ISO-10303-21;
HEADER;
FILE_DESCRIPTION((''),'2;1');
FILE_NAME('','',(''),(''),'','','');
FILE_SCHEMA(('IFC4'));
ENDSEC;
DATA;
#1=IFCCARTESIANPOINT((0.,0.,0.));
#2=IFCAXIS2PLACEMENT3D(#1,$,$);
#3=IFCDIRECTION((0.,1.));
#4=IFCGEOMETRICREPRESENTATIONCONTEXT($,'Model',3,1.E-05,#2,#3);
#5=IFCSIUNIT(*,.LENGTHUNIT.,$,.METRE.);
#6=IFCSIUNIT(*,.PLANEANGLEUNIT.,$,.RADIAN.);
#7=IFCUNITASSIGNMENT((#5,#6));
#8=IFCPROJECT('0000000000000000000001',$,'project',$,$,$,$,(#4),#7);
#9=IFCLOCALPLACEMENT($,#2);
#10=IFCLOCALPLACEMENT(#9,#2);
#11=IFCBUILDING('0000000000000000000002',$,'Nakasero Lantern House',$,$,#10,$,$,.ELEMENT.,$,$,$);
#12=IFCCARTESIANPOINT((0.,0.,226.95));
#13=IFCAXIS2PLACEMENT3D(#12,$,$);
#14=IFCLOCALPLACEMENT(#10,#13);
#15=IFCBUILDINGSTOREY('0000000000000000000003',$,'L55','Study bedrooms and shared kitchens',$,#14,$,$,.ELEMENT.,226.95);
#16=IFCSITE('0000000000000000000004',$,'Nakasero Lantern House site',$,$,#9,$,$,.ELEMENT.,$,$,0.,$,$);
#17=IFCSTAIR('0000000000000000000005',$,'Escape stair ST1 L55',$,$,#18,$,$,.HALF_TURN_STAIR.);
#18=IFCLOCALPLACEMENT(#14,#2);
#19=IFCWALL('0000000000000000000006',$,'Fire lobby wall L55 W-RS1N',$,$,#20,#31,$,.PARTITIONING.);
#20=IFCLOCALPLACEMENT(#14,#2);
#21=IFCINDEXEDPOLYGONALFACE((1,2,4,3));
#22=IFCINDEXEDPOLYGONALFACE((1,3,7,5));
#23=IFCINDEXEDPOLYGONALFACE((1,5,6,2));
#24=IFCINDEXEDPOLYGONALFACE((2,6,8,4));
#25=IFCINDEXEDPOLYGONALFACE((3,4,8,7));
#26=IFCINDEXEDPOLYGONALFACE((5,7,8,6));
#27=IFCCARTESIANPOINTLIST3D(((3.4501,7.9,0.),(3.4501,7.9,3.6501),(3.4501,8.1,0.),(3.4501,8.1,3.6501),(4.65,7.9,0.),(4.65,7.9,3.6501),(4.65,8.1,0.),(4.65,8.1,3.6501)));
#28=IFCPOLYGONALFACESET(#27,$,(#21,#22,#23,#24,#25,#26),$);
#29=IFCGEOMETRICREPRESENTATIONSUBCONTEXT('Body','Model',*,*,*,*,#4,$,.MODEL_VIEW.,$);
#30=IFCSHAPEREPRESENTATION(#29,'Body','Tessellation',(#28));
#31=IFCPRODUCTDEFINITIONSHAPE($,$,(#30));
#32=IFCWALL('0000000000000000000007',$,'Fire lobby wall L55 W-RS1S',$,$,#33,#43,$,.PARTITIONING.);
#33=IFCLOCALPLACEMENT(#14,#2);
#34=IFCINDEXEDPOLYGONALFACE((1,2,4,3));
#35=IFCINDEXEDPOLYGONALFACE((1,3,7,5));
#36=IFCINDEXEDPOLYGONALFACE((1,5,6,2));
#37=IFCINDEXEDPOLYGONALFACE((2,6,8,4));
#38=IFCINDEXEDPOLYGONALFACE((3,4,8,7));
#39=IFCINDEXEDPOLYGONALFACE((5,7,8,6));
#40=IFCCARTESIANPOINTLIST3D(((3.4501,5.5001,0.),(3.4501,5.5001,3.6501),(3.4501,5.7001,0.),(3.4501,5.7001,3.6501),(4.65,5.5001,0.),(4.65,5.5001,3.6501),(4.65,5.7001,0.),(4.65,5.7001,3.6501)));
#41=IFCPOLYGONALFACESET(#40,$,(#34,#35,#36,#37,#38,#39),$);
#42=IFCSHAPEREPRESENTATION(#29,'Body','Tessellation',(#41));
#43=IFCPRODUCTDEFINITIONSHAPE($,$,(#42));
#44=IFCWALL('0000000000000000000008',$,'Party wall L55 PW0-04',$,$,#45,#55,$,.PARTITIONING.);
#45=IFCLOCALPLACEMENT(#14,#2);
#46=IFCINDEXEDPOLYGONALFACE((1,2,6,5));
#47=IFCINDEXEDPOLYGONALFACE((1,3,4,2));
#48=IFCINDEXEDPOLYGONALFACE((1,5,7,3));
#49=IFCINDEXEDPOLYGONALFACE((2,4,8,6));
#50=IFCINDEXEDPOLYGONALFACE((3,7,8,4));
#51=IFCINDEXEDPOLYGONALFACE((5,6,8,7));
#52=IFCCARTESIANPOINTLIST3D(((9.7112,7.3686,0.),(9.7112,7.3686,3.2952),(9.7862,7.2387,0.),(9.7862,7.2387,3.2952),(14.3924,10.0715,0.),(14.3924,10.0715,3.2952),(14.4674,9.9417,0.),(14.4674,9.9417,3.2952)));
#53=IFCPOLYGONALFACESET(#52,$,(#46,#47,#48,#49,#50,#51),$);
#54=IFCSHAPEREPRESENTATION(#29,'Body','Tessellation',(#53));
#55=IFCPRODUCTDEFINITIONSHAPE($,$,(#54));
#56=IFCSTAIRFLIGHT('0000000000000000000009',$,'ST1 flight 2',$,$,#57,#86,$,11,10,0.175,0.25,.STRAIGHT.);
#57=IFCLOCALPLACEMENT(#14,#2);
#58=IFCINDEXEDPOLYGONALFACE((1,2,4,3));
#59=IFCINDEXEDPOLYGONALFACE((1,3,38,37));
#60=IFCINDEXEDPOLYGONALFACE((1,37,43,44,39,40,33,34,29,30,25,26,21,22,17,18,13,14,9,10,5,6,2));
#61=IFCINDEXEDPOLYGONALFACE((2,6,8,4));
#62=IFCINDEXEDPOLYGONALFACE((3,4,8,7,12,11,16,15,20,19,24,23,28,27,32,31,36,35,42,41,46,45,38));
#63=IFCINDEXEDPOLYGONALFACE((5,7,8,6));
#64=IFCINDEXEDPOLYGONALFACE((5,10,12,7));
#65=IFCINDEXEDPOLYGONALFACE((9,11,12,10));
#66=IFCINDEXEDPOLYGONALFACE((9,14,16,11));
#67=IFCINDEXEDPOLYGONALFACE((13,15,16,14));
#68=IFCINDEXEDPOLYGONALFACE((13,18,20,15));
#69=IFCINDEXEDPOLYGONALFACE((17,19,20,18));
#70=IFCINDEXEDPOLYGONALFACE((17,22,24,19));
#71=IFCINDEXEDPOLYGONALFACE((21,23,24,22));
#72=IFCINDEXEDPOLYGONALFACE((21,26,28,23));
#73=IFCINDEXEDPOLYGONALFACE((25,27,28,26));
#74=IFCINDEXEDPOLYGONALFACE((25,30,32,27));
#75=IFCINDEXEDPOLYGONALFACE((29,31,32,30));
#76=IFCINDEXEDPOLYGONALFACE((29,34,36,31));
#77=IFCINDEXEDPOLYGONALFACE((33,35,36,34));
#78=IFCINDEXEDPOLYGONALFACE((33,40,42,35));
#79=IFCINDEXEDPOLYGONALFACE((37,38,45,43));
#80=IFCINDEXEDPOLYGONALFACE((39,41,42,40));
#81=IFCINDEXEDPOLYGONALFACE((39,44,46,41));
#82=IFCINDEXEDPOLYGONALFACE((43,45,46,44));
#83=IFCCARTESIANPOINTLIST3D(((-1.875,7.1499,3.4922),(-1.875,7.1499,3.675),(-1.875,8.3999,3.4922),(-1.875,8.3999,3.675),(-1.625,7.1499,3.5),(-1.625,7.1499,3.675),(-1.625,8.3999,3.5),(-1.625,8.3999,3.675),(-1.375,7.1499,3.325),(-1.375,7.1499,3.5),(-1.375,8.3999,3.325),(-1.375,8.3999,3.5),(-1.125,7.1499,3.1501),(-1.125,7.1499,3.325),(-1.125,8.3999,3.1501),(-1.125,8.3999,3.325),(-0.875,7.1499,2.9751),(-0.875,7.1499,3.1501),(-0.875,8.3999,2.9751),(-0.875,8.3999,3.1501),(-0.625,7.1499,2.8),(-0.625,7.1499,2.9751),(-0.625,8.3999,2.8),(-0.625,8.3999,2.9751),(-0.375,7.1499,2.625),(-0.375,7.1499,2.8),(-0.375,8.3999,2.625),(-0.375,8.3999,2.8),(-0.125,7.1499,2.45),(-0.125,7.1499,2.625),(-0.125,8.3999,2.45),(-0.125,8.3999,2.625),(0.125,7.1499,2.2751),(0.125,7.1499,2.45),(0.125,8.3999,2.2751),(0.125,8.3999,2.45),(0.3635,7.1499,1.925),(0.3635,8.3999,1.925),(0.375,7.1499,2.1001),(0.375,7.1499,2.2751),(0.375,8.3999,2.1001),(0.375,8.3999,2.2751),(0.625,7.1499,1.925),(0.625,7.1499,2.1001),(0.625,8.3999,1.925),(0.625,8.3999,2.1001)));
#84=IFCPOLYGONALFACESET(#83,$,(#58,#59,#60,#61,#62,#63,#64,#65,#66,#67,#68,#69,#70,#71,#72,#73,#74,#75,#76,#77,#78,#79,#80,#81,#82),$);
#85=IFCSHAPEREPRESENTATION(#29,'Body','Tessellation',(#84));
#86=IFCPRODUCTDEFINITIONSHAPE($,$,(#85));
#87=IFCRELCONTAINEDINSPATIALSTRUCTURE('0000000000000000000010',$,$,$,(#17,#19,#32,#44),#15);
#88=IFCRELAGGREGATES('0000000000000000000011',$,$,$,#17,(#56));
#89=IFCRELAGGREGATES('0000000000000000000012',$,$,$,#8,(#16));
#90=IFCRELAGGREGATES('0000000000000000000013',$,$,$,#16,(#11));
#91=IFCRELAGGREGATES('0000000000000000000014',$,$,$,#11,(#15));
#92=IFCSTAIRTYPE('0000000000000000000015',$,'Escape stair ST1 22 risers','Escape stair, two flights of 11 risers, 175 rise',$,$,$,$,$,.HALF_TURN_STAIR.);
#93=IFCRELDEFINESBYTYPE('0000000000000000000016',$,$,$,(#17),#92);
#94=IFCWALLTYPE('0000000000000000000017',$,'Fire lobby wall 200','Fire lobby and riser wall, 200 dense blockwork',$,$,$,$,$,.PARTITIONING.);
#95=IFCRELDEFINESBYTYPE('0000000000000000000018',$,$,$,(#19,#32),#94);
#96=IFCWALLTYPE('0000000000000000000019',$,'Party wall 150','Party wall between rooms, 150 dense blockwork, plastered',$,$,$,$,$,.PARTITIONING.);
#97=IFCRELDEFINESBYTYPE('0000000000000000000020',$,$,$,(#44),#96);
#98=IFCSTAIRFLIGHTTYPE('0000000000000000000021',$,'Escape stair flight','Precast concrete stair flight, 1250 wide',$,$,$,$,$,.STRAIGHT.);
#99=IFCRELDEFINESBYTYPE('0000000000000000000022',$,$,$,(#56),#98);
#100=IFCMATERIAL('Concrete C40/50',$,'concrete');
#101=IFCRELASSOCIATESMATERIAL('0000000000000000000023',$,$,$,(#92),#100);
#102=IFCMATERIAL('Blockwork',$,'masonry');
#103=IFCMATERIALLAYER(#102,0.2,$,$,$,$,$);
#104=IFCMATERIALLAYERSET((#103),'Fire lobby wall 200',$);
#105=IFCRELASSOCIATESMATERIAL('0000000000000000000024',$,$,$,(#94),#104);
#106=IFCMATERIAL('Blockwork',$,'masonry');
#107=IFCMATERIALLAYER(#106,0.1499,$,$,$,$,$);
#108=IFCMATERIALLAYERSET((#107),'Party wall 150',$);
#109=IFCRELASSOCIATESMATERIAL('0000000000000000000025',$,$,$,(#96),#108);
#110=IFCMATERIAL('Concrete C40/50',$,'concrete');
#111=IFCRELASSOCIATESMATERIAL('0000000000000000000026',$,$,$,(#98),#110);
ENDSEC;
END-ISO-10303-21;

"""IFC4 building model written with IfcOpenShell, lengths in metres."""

from ifc_helpers import new_model, si_unit, direction, frame, frame_2d, origin, place, context, subcontext, project, spatial, polyline, rectangle, outline, extrude, material, layer, layer_set, type_object, element, aggregate, save


model = new_model("IFC4")

# Units and contexts
model_context = context("Model", 3, precision=1e-05, world=origin(), true_north=direction((0.0, 1.0)))
body_context = subcontext(model_context, "Body", "Model", "MODEL_VIEW")
ifc_project = project(units=[si_unit("LENGTHUNIT", "METRE"), si_unit("PLANEANGLEUNIT", "RADIAN")], contexts=[model_context])

# Site, building, storey
site_placement = place(None, origin())
site = spatial("IfcSite", under=ifc_project, at=site_placement, Name="Nakasero Lantern House site", CompositionType="ELEMENT", RefElevation=0.0)
building_placement = place(site_placement, origin())
building = spatial("IfcBuilding", under=site, at=building_placement, Name="Nakasero Lantern House", CompositionType="ELEMENT")
storey_placement = place(building_placement, frame((0.0, 0.0, 226.95)))
storey = spatial("IfcBuildingStorey", under=building, at=storey_placement, Name="L55", Description="Study bedrooms and shared kitchens", CompositionType="ELEMENT", Elevation=226.95)

# Stair
ifc_material_1 = material(Name="Concrete C40/50", Category="concrete")
stair_type_1 = type_object("IfcStairType", Name="Escape stair ST1 22 risers", Description="Escape stair, two flights of 11 risers, 175 rise", PredefinedType="HALF_TURN_STAIR", material=ifc_material_1)
stair_1_placement = place(storey_placement, origin())
stair_1 = element("IfcStair", 1, at=stair_1_placement, inside=storey, type_object=stair_type_1, Name="Escape stair ST1 L55", PredefinedType="HALF_TURN_STAIR")

# Shared definitions
ifc_material_2 = material(Name="Blockwork", Category="masonry")
ifc_layer_1 = layer(ifc_material_2, 0.2)
ifc_layer_set_1 = layer_set([ifc_layer_1], Name="Fire lobby wall 200")
wall_type_1 = type_object("IfcWallType", Name="Fire lobby wall 200", Description="Fire lobby and riser wall, 200 dense blockwork", PredefinedType="PARTITIONING", material=ifc_layer_set_1)

# Walls
for number, where, z_axis, x_axis, name in (
    (2, (3.45, 8.0, 0.0), (0.0, 0.0, 1.0), (1.0, 0.0, 0.0), "Fire lobby wall L55 W-RS1N"),
    (3, (3.45, 5.6001, 0.0), (0.0, 0.0, 1.0), (1.0, 0.0, 0.0), "Fire lobby wall L55 W-RS1S"),
):
    element("IfcWall", number, at=place(storey_placement, frame(where, z_axis=z_axis, x_axis=x_axis)), inside=storey, type_object=wall_type_1, Name=name, PredefinedType="PARTITIONING", context=body_context, shape_type="SweptSolid", body=[
        extrude(rectangle(XDim=1.2, YDim=0.2, at=frame_2d((0.6001, 0.0))), origin(), (0.0, 0.0, 1.0), 3.6501),
    ])
ifc_material_3 = material(Name="Blockwork", Category="masonry")
ifc_layer_2 = layer(ifc_material_3, 0.1499)
ifc_layer_set_2 = layer_set([ifc_layer_2], Name="Party wall 150")
wall_type_2 = type_object("IfcWallType", Name="Party wall 150", Description="Party wall between rooms, 150 dense blockwork, plastered", PredefinedType="PARTITIONING", material=ifc_layer_set_2)
wall_1_placement = place(storey_placement, frame((9.7488, 7.3037, 0.0), z_axis=(0.0, 0.0, 1.0), x_axis=(0.866008, 0.50003, 0.0)))
element("IfcWall", 4, at=wall_1_placement, inside=storey, type_object=wall_type_2, Name="Party wall L55 PW0-04", PredefinedType="PARTITIONING", context=body_context, shape_type="SweptSolid", body=[
    extrude(rectangle(XDim=5.4055, YDim=0.1499, at=frame_2d((2.7026, 0.0))), origin(), (0.0, 0.0, 1.0), 3.2952),
])

# Stair flight
ifc_material_4 = material(Name="Concrete C40/50", Category="concrete")
stair_flight_type = type_object("IfcStairFlightType", Name="Escape stair flight", Description="Precast concrete stair flight, 1250 wide", PredefinedType="STRAIGHT", material=ifc_material_4)
stair_flight_placement = place(storey_placement, frame((0.625, 7.7749, 1.925), z_axis=(0.0, 0.0, 1.0), x_axis=(-1.0, 0.0, 0.0)))
stair_flight = element("IfcStairFlight", 5, at=stair_flight_placement, type_object=stair_flight_type, Name="ST1 flight 2", NumberOfRisers=11, NumberOfTreads=10, PredefinedType="STRAIGHT", RiserHeight=0.175, TreadLength=0.25, context=body_context, shape_type="SweptSolid", body=[
    extrude(outline(polyline([(0.0, 0.0), (0.0, 0.175), (0.25, 0.175), (0.25, 0.3501), (0.5, 0.3501), (0.5, 0.5249), (0.75, 0.5249), (0.75, 0.7), (1.0, 0.7), (1.0, 0.875), (1.25, 0.875), (1.25, 1.05), (1.5, 1.05), (1.5, 1.2251), (1.75, 1.2251), (1.75, 1.3999), (2.0, 1.3999), (2.0, 1.575), (2.25, 1.575), (2.25, 1.75), (2.5, 1.75), (2.5, 1.925), (2.5, 1.5671), (0.2615, 0.0), (0.0, 0.0)])), frame((0.0, 0.625, 0.0), z_axis=(0.0, -1.0, 0.0), x_axis=(1.0, 0.0, 0.0)), (0.0, 0.0, 1.0), 1.25),
])
aggregate(stair_1, [stair_flight])

save(model, "model.ifc")
